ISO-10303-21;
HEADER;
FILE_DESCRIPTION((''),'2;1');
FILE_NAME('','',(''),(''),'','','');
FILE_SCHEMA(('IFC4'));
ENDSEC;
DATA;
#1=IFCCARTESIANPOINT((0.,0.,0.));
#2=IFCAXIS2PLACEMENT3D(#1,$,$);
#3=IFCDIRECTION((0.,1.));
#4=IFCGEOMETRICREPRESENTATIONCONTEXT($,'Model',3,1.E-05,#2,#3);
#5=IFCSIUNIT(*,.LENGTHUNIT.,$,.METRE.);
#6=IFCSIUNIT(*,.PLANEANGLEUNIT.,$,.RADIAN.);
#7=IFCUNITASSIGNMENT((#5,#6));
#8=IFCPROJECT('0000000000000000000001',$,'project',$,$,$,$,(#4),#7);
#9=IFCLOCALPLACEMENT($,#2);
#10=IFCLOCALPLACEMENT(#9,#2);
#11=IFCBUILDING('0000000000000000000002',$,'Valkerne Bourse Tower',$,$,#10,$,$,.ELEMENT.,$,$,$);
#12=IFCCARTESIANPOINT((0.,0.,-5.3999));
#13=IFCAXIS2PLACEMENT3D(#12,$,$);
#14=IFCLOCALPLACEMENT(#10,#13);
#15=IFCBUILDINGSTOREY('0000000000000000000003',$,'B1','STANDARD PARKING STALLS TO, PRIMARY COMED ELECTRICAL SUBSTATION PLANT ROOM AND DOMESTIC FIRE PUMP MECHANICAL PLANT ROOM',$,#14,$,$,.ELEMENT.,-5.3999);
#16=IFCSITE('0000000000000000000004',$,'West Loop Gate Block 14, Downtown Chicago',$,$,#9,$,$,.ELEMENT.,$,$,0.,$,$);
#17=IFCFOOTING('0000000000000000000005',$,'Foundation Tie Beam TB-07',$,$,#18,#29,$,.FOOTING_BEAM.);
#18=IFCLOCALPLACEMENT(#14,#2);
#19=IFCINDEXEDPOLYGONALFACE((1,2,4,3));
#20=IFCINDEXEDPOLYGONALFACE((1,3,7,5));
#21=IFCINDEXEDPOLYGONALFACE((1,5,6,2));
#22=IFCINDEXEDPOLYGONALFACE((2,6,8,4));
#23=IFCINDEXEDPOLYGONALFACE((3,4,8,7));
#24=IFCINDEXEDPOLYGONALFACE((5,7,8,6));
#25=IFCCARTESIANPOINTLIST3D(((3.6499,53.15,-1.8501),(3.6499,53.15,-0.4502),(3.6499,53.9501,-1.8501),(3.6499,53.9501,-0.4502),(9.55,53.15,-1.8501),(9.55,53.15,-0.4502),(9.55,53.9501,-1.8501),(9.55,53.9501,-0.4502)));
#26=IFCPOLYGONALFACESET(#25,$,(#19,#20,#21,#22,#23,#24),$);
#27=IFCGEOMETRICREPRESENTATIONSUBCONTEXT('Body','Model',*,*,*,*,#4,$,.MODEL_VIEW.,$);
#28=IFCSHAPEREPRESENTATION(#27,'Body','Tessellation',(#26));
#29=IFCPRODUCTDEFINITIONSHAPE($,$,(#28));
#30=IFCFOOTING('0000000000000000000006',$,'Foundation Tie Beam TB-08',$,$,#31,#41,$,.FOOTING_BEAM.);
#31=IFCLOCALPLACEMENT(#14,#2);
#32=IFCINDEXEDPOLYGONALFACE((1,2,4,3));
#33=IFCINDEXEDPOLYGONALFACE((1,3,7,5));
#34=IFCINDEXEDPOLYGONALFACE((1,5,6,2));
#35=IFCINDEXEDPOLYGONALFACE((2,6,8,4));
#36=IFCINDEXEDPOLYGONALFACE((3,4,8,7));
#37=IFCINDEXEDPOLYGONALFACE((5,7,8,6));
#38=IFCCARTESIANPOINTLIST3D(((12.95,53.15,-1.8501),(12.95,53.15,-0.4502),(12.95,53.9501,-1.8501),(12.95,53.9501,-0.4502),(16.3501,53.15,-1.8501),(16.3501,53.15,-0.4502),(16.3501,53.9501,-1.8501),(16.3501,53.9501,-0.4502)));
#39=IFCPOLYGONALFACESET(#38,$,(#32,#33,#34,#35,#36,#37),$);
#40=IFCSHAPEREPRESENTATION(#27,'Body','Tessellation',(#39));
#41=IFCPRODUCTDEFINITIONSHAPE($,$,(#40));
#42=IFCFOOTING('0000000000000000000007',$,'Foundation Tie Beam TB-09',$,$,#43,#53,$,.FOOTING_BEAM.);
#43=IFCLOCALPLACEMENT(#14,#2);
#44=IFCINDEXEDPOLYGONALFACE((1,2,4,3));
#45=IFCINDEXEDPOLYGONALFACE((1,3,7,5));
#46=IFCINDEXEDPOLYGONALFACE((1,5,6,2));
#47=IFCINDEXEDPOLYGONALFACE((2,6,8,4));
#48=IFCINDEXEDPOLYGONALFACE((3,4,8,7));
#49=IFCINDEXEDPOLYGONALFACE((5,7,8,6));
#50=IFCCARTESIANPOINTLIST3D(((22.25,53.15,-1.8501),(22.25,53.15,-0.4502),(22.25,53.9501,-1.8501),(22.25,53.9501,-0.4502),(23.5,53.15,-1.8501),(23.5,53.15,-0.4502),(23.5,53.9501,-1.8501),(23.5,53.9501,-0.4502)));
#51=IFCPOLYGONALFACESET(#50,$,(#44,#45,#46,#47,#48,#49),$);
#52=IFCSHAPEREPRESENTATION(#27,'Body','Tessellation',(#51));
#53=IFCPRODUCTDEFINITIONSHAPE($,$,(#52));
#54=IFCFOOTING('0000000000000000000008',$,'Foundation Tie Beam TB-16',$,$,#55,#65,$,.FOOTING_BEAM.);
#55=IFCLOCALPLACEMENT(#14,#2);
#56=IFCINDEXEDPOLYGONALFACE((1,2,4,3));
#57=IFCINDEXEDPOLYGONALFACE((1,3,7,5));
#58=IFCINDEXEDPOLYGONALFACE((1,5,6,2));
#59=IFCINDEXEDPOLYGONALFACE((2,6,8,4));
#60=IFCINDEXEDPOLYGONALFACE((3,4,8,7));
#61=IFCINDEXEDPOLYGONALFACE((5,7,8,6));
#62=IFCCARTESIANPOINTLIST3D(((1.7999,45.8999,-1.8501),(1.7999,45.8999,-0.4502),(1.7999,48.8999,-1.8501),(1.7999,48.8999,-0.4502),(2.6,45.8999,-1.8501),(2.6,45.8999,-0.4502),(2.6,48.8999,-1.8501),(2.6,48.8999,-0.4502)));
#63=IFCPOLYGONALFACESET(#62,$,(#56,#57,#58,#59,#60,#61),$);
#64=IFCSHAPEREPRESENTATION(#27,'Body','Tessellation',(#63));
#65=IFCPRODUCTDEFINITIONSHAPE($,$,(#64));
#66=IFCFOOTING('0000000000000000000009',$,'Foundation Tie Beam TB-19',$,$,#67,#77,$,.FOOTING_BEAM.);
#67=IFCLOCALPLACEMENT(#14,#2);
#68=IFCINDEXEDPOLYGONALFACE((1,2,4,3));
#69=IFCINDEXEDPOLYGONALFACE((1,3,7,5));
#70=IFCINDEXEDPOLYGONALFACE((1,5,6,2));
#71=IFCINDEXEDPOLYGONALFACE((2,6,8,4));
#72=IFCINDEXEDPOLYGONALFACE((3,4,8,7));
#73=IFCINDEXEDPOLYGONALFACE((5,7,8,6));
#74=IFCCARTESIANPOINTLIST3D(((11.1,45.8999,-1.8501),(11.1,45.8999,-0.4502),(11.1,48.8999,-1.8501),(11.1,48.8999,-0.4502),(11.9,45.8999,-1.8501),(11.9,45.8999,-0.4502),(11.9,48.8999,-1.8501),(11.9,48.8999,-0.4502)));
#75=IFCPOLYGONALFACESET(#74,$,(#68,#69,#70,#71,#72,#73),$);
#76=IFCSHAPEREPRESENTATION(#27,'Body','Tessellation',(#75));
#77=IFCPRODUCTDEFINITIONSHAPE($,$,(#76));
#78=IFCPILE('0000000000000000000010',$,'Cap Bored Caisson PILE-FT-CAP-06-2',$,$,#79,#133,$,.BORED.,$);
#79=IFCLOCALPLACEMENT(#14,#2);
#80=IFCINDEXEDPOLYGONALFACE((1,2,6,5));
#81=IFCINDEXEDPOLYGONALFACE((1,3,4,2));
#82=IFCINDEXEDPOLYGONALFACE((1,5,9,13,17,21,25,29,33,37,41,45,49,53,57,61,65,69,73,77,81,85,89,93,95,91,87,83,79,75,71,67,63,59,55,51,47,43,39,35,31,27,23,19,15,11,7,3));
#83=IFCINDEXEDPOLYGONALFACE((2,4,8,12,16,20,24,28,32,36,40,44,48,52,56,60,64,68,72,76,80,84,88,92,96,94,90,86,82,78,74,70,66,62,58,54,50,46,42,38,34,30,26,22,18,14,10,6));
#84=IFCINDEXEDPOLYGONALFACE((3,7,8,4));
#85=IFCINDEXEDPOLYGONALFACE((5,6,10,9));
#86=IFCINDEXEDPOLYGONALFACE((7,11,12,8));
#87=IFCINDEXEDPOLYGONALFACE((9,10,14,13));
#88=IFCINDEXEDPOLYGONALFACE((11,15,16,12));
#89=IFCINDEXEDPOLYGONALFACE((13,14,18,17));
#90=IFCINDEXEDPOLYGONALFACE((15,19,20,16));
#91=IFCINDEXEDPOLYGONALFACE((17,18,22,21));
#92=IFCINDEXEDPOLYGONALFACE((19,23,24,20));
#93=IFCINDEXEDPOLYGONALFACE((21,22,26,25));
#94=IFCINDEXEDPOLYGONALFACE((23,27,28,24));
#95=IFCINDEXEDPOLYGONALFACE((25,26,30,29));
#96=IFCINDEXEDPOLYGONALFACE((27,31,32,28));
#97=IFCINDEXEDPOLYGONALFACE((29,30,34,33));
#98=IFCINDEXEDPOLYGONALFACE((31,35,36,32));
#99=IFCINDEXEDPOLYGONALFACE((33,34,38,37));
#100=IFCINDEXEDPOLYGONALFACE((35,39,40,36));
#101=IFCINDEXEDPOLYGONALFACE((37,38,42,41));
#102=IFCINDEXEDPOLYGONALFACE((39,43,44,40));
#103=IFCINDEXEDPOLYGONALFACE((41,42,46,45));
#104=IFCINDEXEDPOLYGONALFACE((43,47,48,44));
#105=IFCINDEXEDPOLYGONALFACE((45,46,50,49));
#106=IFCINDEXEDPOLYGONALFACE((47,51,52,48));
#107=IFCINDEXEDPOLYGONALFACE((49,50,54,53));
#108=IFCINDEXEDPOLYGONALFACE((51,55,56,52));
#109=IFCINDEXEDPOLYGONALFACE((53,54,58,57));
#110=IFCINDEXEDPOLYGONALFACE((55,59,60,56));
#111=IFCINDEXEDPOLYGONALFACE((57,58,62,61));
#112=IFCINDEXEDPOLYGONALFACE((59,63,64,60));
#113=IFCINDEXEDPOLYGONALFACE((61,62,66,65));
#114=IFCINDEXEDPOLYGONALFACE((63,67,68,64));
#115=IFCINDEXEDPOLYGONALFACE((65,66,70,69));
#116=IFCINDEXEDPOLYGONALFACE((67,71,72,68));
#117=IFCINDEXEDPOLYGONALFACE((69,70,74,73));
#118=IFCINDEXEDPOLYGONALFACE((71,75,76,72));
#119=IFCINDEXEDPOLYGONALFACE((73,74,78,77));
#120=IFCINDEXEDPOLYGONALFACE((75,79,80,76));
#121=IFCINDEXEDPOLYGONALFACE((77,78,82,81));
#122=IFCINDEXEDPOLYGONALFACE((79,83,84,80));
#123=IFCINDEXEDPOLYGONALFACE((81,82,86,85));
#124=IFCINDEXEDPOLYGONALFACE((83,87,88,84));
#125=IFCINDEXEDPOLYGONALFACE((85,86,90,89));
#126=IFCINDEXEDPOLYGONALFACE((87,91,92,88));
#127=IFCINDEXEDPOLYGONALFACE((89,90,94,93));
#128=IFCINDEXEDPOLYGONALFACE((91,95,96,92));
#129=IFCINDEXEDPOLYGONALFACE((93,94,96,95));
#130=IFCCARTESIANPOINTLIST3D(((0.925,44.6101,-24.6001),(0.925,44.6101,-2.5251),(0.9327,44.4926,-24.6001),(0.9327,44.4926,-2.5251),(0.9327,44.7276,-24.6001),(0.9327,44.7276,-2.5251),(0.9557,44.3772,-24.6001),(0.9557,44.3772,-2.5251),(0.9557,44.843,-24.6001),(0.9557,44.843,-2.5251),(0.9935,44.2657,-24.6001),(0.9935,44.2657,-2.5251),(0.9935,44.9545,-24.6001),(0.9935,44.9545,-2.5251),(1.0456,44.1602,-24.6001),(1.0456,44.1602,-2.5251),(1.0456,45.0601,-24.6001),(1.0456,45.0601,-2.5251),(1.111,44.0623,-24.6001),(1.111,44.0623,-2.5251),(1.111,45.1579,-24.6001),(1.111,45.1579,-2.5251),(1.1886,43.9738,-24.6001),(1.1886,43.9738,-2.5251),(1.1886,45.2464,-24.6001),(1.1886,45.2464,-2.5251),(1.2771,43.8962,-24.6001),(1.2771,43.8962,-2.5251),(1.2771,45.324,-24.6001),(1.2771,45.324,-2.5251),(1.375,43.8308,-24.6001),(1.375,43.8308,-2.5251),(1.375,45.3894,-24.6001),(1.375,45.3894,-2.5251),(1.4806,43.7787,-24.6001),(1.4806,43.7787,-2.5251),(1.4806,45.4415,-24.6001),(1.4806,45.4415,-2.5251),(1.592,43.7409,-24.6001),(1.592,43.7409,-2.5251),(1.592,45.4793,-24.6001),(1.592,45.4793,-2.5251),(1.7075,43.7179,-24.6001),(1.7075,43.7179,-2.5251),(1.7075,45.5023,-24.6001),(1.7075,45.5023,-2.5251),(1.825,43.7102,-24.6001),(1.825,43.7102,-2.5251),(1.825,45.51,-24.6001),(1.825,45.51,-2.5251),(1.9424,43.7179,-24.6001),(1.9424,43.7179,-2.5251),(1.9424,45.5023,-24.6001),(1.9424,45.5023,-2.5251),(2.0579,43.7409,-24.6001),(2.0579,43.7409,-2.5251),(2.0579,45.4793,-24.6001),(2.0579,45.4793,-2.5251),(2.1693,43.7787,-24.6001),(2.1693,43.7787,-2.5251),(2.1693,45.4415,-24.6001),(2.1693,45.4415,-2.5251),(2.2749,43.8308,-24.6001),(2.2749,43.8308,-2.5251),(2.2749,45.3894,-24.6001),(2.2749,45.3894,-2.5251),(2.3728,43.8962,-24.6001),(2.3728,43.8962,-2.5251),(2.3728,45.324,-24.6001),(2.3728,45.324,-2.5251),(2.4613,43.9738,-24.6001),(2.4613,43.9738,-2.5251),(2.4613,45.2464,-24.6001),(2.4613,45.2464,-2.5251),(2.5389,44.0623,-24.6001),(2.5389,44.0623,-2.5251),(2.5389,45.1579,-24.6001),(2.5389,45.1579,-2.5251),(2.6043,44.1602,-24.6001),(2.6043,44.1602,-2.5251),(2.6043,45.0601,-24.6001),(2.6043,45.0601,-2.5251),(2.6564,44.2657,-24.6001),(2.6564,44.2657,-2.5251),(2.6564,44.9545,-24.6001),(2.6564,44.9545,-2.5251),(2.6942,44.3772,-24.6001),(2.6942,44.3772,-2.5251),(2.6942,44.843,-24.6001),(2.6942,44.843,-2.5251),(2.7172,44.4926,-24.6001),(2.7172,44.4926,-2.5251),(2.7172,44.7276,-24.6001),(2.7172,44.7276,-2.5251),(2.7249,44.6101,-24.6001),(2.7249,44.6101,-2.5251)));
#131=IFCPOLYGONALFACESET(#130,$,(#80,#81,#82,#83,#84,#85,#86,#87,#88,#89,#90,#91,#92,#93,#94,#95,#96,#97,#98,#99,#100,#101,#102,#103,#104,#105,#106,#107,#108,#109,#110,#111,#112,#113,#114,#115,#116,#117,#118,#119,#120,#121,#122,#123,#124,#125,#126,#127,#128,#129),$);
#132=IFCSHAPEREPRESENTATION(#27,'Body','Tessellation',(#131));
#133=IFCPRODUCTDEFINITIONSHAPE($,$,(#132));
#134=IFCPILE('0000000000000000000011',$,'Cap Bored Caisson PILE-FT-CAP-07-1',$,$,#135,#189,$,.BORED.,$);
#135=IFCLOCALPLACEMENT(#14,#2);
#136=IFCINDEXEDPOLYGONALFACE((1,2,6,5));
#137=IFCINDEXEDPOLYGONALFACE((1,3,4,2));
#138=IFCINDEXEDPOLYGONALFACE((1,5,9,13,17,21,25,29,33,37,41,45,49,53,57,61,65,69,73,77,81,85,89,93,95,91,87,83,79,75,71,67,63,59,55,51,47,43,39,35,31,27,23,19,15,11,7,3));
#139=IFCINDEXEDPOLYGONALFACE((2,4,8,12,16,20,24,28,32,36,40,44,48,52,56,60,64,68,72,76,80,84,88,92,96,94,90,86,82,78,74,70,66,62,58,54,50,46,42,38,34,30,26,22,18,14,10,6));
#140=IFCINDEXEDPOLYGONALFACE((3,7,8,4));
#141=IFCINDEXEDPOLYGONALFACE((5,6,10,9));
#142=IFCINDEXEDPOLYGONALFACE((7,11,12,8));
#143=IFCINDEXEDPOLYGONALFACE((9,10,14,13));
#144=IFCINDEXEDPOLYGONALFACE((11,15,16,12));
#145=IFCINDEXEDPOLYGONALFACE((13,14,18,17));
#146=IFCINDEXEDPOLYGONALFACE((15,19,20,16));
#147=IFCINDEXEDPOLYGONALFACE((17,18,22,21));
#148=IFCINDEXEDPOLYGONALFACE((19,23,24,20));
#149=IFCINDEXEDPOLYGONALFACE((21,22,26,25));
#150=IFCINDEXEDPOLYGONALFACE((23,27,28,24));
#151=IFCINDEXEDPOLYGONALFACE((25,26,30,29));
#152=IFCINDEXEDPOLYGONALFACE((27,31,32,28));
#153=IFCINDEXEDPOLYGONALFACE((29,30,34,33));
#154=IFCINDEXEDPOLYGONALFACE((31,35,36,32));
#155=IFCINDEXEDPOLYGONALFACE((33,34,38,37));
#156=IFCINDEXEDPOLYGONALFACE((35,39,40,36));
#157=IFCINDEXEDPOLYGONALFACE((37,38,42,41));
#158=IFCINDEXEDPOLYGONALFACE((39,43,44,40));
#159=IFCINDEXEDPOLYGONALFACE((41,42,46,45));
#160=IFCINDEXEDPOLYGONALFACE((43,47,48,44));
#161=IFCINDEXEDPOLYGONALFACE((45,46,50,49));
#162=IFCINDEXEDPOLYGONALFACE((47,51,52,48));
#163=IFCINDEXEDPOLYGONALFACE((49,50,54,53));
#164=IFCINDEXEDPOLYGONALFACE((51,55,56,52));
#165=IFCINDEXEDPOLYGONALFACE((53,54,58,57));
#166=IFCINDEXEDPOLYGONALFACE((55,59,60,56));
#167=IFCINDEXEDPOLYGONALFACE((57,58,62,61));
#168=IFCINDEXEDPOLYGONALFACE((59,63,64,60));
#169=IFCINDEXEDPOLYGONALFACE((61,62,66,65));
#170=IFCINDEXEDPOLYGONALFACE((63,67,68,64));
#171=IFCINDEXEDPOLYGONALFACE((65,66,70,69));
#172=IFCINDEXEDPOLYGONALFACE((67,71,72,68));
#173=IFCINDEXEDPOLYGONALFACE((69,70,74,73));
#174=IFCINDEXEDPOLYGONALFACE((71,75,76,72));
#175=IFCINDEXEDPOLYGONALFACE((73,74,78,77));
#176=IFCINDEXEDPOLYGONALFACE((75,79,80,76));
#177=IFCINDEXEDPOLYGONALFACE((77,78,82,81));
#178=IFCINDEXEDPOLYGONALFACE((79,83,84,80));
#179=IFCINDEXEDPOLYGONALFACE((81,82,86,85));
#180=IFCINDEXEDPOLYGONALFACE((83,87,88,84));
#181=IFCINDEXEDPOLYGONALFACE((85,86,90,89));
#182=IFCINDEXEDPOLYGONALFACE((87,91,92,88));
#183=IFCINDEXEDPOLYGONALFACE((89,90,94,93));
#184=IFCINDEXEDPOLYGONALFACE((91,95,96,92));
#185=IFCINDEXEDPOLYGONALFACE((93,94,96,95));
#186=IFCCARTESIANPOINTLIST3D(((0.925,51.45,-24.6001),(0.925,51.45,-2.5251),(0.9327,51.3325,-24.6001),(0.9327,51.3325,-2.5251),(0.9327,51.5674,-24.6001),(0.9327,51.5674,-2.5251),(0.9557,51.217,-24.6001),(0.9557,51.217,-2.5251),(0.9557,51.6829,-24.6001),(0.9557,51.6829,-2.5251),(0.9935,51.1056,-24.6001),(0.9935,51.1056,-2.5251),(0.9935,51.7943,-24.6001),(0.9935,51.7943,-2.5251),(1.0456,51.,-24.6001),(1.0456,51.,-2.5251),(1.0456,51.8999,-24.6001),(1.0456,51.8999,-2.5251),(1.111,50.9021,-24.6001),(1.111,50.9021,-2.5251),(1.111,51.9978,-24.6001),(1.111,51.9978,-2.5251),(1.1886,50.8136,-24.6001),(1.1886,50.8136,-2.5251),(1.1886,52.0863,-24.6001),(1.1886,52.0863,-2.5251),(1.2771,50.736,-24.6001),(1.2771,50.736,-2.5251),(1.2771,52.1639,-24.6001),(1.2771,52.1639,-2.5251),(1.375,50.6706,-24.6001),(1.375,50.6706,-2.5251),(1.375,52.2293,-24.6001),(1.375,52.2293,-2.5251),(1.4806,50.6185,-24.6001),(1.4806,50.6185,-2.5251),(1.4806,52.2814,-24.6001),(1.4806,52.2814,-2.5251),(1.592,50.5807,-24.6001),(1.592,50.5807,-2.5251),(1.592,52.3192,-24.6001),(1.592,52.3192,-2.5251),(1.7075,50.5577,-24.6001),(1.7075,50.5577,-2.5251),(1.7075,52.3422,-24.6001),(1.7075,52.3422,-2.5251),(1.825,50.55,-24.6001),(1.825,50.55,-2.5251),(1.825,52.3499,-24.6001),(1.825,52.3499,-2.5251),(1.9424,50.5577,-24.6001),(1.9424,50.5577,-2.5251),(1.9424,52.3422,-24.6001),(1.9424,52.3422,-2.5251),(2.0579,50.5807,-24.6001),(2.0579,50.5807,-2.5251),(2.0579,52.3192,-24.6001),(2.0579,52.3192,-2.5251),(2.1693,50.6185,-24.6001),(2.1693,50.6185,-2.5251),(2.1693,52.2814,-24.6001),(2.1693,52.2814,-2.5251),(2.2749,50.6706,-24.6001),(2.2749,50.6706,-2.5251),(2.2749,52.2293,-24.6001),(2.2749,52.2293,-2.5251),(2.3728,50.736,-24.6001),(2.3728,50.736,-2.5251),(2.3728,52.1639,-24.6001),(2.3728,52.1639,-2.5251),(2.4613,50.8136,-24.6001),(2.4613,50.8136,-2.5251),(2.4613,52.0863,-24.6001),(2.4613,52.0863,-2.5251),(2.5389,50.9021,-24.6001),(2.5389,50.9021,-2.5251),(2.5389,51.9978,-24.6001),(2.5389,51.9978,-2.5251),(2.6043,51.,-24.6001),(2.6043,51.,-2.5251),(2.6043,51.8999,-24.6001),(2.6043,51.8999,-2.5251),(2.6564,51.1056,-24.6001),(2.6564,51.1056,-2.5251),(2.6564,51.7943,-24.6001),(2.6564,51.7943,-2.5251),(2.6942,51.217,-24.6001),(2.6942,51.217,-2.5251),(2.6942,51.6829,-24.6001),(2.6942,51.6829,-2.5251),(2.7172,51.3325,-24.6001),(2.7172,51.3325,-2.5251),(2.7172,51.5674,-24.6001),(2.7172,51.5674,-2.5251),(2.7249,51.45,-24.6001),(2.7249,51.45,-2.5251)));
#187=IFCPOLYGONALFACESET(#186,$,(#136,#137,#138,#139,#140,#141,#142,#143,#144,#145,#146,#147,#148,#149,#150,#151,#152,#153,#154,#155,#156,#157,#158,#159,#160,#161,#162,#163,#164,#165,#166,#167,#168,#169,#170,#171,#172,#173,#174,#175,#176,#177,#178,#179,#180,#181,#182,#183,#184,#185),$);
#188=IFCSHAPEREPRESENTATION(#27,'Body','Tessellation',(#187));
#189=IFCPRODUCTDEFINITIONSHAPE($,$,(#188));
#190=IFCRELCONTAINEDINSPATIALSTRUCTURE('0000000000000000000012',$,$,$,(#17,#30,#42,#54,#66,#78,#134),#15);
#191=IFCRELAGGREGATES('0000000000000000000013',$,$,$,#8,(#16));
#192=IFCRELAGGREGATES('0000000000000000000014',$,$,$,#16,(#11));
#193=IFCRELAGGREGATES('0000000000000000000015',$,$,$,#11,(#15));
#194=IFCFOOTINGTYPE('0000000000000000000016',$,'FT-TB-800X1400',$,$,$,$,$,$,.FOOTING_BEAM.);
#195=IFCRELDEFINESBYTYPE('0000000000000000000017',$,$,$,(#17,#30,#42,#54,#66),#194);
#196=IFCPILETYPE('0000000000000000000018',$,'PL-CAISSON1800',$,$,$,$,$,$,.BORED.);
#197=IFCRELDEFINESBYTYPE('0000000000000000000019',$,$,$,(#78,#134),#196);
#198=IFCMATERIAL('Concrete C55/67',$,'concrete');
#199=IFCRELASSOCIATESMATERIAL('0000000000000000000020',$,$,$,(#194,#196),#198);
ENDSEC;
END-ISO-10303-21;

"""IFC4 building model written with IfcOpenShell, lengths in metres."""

from ifc_helpers import new_model, si_unit, direction, frame, origin, origin_2d, place, context, subcontext, project, spatial, rectangle, circle, extrude, material, material_profile, profile_set, type_object, element, save


model = new_model("IFC4")

# Units and contexts
model_context = context("Model", 3, precision=1e-05, world=origin(), true_north=direction((0.0, 1.0)))
body_context = subcontext(model_context, "Body", "Model", "MODEL_VIEW")
ifc_project = project(units=[si_unit("LENGTHUNIT", "METRE"), si_unit("PLANEANGLEUNIT", "RADIAN")], contexts=[model_context])

# Site, building, storey
site_placement = place(None, origin())
site = spatial("IfcSite", under=ifc_project, at=site_placement, Name="West Loop Gate Block 14, Downtown Chicago", CompositionType="ELEMENT", RefElevation=0.0)
building_placement = place(site_placement, origin())
building = spatial("IfcBuilding", under=site, at=building_placement, Name="Valkerne Bourse Tower", CompositionType="ELEMENT")
storey_placement = place(building_placement, frame((0.0, 0.0, -5.3999)))
storey = spatial("IfcBuildingStorey", under=building, at=storey_placement, Name="B1", Description="STANDARD PARKING STALLS TO, PRIMARY COMED ELECTRICAL SUBSTATION PLANT ROOM AND DOMESTIC FIRE PUMP MECHANICAL PLANT ROOM", CompositionType="ELEMENT", Elevation=-5.3999)

# Footings
ifc_material_1 = material(Name="Concrete C55/67", Category="concrete")
ifc_material_profile_1 = material_profile(ifc_material_1, rectangle(XDim=0.8, YDim=1.3999, at=origin_2d()), Name="RC800X1400")
ifc_profile_set_1 = profile_set([ifc_material_profile_1], Name="Concrete C55/67")
footing_type = type_object("IfcFootingType", Name="FT-TB-800X1400", PredefinedType="FOOTING_BEAM", material=ifc_profile_set_1)
footing_1_placement = place(storey_placement, frame((3.6499, 53.55, -1.1501), z_axis=(1.0, 0.0, 0.0), x_axis=(0.0, 1.0, 0.0)))
element("IfcFooting", 1, at=footing_1_placement, inside=storey, type_object=footing_type, Name="Foundation Tie Beam TB-07", PredefinedType="FOOTING_BEAM", context=body_context, shape_type="SweptSolid", body=[
    extrude(rectangle(XDim=0.8, YDim=1.3999, at=origin_2d()), origin(), (0.0, 0.0, 1.0), 5.9001),
])
footing_2_placement = place(storey_placement, frame((12.95, 53.55, -1.1501), z_axis=(1.0, 0.0, 0.0), x_axis=(0.0, 1.0, 0.0)))
element("IfcFooting", 2, at=footing_2_placement, inside=storey, type_object=footing_type, Name="Foundation Tie Beam TB-08", PredefinedType="FOOTING_BEAM", context=body_context, shape_type="SweptSolid", body=[
    extrude(rectangle(XDim=0.8, YDim=1.3999, at=origin_2d()), origin(), (0.0, 0.0, 1.0), 3.4001),
])
footing_3_placement = place(storey_placement, frame((22.25, 53.55, -1.1501), z_axis=(1.0, 0.0, 0.0), x_axis=(0.0, 1.0, 0.0)))
element("IfcFooting", 3, at=footing_3_placement, inside=storey, type_object=footing_type, Name="Foundation Tie Beam TB-09", PredefinedType="FOOTING_BEAM", context=body_context, shape_type="SweptSolid", body=[
    extrude(rectangle(XDim=0.8, YDim=1.3999, at=origin_2d()), origin(), (0.0, 0.0, 1.0), 1.25),
])
for number, where, z_axis, x_axis, name in (
    (4, (2.2, 45.8999, -1.1501), (0.0, 1.0, 0.0), (-1.0, 0.0, 0.0), "Foundation Tie Beam TB-16"),
    (5, (11.5, 45.8999, -1.1501), (0.0, 1.0, 0.0), (-1.0, 0.0, 0.0), "Foundation Tie Beam TB-19"),
):
    element("IfcFooting", number, at=place(storey_placement, frame(where, z_axis=z_axis, x_axis=x_axis)), inside=storey, type_object=footing_type, Name=name, PredefinedType="FOOTING_BEAM", context=body_context, shape_type="SweptSolid", body=[
        extrude(rectangle(XDim=0.8, YDim=1.3999, at=origin_2d()), origin(), (0.0, 0.0, 1.0), 3.0),
    ])

# Piles
ifc_material_profile_2 = material_profile(ifc_material_1, circle(Radius=0.8999, at=origin_2d()), Name="CAISSON1800")
ifc_profile_set_2 = profile_set([ifc_material_profile_2], Name="Concrete C55/67")
pile_type = type_object("IfcPileType", Name="PL-CAISSON1800", PredefinedType="BORED", material=ifc_profile_set_2)
for number, where, z_axis, x_axis, name in (
    (6, (1.825, 44.6101, -2.5251), (0.0, 0.0, -1.0), (1.0, 0.0, 0.0), "Cap Bored Caisson PILE-FT-CAP-06-2"),
    (7, (1.825, 51.45, -2.5251), (0.0, 0.0, -1.0), (1.0, 0.0, 0.0), "Cap Bored Caisson PILE-FT-CAP-07-1"),
):
    element("IfcPile", number, at=place(storey_placement, frame(where, z_axis=z_axis, x_axis=x_axis)), inside=storey, type_object=pile_type, Name=name, PredefinedType="BORED", context=body_context, shape_type="SweptSolid", body=[
        extrude(circle(Radius=0.8999, at=origin_2d()), origin(), (0.0, 0.0, 1.0), 22.075),
    ])

save(model, "model.ifc")
